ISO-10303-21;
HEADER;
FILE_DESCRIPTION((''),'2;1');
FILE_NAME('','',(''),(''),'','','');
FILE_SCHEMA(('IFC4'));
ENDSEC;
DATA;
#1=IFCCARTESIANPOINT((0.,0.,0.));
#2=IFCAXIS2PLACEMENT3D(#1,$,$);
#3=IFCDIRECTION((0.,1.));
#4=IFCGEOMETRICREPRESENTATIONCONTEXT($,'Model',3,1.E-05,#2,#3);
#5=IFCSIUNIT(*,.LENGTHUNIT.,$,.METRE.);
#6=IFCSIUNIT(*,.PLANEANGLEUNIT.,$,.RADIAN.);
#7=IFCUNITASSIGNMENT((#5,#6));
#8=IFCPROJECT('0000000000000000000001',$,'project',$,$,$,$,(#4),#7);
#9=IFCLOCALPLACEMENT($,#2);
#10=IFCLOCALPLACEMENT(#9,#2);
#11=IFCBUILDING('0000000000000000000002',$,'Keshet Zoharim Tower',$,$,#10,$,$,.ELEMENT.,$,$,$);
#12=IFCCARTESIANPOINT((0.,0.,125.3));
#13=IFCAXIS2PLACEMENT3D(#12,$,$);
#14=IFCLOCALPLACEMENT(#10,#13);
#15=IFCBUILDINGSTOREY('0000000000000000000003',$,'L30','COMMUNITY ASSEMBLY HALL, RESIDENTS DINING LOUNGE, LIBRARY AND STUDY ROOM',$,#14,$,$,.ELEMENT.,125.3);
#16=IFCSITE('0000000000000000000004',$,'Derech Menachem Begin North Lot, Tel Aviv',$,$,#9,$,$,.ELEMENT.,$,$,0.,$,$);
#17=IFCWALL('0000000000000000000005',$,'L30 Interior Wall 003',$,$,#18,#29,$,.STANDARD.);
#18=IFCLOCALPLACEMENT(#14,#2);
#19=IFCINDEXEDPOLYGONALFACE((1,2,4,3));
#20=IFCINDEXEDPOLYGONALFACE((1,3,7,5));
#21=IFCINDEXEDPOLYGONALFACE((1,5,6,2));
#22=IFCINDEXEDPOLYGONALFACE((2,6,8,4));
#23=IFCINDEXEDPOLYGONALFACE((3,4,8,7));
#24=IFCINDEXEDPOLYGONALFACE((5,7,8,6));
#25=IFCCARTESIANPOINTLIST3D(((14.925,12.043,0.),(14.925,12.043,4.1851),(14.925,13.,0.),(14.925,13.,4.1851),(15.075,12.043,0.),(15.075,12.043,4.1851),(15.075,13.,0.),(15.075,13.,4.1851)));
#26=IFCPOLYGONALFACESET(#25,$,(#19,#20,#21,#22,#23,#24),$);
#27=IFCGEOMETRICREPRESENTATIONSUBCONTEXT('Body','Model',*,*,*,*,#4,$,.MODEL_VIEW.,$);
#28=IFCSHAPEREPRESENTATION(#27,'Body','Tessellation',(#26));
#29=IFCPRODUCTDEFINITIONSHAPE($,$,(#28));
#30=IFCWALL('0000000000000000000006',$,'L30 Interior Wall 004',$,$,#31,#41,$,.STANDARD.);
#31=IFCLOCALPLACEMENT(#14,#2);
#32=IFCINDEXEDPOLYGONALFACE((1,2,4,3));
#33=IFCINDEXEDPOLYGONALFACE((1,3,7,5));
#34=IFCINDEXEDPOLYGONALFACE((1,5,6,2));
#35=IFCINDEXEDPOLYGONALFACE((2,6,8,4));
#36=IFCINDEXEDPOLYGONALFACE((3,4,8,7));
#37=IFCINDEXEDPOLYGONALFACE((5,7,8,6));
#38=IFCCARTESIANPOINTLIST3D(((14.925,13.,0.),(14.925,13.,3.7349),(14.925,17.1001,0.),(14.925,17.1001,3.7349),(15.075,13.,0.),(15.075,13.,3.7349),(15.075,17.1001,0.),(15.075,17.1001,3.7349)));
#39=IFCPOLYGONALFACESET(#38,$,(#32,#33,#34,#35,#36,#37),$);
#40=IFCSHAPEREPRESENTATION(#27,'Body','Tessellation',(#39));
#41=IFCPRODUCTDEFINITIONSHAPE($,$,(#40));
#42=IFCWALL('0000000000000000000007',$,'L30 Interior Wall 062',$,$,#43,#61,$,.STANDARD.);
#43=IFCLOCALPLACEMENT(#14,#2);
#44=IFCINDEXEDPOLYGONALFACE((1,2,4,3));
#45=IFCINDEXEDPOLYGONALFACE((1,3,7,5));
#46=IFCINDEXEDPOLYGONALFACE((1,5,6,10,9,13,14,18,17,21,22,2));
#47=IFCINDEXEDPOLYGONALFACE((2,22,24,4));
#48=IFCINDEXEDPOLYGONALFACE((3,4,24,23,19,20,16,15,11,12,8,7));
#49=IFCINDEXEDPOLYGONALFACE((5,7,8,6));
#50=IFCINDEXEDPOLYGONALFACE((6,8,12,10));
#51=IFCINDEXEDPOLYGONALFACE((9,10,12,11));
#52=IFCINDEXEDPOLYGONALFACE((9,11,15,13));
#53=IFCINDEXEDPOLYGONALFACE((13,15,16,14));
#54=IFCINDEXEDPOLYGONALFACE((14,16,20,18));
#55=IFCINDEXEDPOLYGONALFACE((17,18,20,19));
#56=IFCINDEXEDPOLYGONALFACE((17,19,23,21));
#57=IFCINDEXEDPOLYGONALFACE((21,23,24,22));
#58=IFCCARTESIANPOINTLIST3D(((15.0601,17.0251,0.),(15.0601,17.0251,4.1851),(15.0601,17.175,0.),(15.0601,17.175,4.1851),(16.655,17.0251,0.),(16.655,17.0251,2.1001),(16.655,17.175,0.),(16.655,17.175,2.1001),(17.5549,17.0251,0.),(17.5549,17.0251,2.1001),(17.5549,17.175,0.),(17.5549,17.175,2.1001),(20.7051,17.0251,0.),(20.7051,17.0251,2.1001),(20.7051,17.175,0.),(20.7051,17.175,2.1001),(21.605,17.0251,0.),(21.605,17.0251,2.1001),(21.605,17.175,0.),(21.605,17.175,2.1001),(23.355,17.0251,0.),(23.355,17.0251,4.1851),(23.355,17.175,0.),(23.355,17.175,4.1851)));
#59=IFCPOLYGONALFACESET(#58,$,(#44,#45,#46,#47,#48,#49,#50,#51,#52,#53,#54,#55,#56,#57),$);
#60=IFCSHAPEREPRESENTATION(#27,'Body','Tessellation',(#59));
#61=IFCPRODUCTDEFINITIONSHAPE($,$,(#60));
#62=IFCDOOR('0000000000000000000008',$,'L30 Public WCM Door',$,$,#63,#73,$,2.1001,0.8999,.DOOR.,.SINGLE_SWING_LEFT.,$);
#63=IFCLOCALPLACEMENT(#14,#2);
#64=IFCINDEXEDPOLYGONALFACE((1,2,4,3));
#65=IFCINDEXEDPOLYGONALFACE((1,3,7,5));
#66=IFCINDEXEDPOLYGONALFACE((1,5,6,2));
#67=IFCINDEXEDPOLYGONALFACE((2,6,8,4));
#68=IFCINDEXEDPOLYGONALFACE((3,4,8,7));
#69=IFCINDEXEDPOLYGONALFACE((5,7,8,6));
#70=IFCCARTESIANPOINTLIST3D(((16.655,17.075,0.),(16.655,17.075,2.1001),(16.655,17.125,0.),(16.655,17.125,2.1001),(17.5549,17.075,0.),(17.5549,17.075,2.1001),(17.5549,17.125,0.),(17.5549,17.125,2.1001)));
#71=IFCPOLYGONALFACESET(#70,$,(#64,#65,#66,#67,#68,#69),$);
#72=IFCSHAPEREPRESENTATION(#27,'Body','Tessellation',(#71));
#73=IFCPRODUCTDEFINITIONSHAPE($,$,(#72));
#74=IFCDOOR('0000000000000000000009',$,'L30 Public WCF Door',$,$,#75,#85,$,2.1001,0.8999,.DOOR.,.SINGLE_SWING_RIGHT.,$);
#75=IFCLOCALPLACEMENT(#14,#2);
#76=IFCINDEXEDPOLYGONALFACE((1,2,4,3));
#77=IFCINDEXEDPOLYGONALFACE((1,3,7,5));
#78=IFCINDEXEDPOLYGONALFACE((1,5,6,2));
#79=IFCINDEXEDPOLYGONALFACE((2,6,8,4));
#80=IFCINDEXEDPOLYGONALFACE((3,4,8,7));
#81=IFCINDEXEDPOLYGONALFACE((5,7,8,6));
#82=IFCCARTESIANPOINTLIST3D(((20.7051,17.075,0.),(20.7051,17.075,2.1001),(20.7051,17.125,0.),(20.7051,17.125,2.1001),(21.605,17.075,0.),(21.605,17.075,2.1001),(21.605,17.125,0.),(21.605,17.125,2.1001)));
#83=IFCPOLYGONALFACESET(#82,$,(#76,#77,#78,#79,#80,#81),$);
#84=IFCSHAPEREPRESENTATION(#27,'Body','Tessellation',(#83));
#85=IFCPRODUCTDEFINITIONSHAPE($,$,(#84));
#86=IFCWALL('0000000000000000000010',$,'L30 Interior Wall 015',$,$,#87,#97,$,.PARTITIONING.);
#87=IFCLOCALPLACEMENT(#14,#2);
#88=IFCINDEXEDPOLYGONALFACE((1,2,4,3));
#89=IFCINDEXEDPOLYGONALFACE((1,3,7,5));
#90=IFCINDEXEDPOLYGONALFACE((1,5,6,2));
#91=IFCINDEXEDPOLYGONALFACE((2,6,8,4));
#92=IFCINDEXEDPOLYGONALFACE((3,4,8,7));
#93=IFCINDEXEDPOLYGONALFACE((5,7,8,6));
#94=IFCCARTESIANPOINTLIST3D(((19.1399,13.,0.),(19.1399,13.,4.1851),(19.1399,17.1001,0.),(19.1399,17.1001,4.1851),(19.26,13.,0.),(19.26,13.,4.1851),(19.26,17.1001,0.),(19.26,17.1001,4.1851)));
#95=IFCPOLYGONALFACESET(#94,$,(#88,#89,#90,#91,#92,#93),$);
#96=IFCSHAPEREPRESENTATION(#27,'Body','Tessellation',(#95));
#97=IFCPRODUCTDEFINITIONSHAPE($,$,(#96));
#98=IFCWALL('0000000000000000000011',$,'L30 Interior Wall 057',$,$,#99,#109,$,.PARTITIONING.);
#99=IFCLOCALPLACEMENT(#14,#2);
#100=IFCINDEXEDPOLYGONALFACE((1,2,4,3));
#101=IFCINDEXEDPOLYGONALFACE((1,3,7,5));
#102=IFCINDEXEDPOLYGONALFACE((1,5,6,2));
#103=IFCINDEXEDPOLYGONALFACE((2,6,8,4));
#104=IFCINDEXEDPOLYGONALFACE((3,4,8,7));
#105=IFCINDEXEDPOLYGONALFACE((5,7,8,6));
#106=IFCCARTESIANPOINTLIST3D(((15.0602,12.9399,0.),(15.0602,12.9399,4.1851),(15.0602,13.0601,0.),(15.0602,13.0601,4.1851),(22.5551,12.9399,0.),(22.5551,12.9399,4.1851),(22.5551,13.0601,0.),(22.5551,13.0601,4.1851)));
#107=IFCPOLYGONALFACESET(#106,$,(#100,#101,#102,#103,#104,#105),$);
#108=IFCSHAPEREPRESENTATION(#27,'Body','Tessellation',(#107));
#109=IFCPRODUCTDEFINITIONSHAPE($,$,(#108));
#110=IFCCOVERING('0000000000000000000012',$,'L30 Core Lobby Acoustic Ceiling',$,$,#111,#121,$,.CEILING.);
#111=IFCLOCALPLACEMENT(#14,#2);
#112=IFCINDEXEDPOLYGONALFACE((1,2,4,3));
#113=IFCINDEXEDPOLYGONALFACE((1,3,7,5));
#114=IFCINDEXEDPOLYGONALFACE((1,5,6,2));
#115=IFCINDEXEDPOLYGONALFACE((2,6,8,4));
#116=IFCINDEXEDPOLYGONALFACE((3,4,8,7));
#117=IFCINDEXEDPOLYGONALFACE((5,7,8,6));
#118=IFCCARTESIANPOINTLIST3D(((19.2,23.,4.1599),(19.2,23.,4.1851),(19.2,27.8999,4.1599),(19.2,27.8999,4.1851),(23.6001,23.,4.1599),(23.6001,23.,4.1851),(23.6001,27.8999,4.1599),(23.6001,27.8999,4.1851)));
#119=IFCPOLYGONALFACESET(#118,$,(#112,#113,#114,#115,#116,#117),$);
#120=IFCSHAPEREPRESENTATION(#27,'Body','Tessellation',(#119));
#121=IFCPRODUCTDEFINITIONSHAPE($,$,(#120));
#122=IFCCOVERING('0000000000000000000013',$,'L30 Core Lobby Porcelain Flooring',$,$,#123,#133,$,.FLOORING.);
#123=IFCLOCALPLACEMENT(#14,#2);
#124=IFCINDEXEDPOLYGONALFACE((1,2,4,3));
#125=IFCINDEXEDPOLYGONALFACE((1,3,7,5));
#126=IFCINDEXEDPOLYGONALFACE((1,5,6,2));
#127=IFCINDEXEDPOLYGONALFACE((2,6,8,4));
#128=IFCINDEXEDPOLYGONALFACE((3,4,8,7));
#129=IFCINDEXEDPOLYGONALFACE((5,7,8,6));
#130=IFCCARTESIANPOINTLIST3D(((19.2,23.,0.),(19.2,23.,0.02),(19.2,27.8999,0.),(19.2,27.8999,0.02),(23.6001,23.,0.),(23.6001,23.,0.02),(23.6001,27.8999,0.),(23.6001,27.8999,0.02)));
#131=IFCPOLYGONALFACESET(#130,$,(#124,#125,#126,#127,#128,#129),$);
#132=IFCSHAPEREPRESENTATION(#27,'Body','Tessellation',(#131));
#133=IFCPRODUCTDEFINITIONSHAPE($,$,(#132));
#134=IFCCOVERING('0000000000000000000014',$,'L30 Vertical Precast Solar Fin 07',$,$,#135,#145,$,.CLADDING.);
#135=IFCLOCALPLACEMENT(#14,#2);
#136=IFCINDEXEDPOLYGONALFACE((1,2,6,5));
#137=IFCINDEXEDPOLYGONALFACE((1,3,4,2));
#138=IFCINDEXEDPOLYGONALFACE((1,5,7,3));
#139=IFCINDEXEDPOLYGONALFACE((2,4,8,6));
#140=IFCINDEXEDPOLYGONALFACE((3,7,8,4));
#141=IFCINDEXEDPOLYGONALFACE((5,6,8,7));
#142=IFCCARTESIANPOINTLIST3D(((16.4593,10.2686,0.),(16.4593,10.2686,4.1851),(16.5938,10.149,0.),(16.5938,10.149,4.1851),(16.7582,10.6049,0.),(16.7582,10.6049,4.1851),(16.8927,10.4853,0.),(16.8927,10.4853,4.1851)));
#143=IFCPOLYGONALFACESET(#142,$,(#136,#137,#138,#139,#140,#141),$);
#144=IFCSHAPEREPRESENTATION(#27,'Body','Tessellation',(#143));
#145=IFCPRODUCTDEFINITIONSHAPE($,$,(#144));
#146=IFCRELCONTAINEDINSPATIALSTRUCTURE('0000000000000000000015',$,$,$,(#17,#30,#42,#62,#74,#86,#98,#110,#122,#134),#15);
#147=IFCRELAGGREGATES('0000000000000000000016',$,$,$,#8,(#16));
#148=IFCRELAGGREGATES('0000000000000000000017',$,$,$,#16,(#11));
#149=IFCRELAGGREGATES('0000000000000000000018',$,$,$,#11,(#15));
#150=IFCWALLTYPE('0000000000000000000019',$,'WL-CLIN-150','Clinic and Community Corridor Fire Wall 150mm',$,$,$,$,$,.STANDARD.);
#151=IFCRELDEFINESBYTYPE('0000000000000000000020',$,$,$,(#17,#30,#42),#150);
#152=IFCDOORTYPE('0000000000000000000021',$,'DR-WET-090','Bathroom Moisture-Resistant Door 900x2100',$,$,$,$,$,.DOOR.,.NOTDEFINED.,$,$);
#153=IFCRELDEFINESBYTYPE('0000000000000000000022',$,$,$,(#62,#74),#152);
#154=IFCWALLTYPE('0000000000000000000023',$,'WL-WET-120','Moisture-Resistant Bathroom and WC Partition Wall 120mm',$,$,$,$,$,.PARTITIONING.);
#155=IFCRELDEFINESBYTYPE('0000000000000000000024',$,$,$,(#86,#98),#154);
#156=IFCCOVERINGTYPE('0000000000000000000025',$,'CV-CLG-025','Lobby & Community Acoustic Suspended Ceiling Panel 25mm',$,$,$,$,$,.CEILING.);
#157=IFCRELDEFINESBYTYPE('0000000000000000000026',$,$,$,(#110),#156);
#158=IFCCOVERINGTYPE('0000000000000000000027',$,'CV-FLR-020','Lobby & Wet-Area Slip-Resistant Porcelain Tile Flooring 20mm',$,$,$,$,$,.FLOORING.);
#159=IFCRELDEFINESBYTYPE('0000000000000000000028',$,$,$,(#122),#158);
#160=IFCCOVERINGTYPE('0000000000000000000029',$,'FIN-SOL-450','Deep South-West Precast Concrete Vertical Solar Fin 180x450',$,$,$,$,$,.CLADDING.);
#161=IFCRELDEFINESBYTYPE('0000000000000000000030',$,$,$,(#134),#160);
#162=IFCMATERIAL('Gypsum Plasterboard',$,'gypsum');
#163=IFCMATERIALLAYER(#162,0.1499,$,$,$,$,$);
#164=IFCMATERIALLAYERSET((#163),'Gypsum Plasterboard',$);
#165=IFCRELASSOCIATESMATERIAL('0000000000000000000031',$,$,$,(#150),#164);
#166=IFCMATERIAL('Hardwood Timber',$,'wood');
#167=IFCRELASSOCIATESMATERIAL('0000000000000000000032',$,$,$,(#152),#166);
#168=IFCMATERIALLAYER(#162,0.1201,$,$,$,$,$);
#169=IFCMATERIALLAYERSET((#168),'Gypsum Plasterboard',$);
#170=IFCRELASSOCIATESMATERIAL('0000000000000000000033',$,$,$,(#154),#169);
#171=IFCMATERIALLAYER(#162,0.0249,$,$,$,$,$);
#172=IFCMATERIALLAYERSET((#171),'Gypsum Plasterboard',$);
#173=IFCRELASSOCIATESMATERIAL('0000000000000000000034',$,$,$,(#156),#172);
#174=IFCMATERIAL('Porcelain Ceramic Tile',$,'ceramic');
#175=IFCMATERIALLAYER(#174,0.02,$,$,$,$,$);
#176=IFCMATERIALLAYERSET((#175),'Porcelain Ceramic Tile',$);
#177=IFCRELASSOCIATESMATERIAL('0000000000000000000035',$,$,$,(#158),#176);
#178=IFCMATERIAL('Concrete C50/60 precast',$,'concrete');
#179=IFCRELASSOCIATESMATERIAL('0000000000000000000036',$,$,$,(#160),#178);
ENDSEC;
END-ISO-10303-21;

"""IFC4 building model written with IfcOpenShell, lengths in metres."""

from ifc_helpers import new_model, si_unit, direction, frame, frame_2d, origin, origin_2d, place, context, subcontext, project, spatial, polyline, rectangle, outline, extrude, material, layer, layer_set, type_object, element, fill, save


model = new_model("IFC4")

# Units and contexts
model_context = context("Model", 3, precision=1e-05, world=origin(), true_north=direction((0.0, 1.0)))
body_context = subcontext(model_context, "Body", "Model", "MODEL_VIEW")
ifc_project = project(units=[si_unit("LENGTHUNIT", "METRE"), si_unit("PLANEANGLEUNIT", "RADIAN")], contexts=[model_context])

# Site, building, storey
site_placement = place(None, origin())
site = spatial("IfcSite", under=ifc_project, at=site_placement, Name="Derech Menachem Begin North Lot, Tel Aviv", CompositionType="ELEMENT", RefElevation=0.0)
building_placement = place(site_placement, origin())
building = spatial("IfcBuilding", under=site, at=building_placement, Name="Keshet Zoharim Tower", CompositionType="ELEMENT")
storey_placement = place(building_placement, frame((0.0, 0.0, 125.3)))
storey = spatial("IfcBuildingStorey", under=building, at=storey_placement, Name="L30", Description="COMMUNITY ASSEMBLY HALL, RESIDENTS DINING LOUNGE, LIBRARY AND STUDY ROOM", CompositionType="ELEMENT", Elevation=125.3)

# Walls
ifc_material_1 = material(Name="Gypsum Plasterboard", Category="gypsum")
ifc_layer_1 = layer(ifc_material_1, 0.1499)
ifc_layer_set_1 = layer_set([ifc_layer_1], Name="Gypsum Plasterboard")
wall_type_1 = type_object("IfcWallType", Name="WL-CLIN-150", Description="Clinic and Community Corridor Fire Wall 150mm", PredefinedType="STANDARD", material=ifc_layer_set_1)
wall_1_placement = place(storey_placement, frame((15.0, 12.043, 0.0), z_axis=(0.0, 0.0, 1.0), x_axis=(0.0, 1.0, 0.0)))
element("IfcWall", 1, at=wall_1_placement, inside=storey, type_object=wall_type_1, Name="L30 Interior Wall 003", PredefinedType="STANDARD", context=body_context, shape_type="SweptSolid", body=[
    extrude(rectangle(XDim=0.957, YDim=0.1499, at=frame_2d((0.4785, 0.0))), origin(), (0.0, 0.0, 1.0), 4.1851),
])
wall_2_placement = place(storey_placement, frame((15.0, 13.0, 0.0), z_axis=(0.0, 0.0, 1.0), x_axis=(0.0, 1.0, 0.0)))
element("IfcWall", 2, at=wall_2_placement, inside=storey, type_object=wall_type_1, Name="L30 Interior Wall 004", PredefinedType="STANDARD", context=body_context, shape_type="SweptSolid", body=[
    extrude(rectangle(XDim=4.1001, YDim=0.1499, at=frame_2d((2.05, 0.0))), origin(), (0.0, 0.0, 1.0), 3.7349),
])

# Shared definitions
ifc_material_2 = material(Name="Hardwood Timber", Category="wood")

# Wall, openings, doors
wall_3_placement = place(storey_placement, frame((15.0601, 17.1001, 0.0), z_axis=(0.0, 0.0, 1.0), x_axis=(1.0, 0.0, 0.0)))
wall_3 = element("IfcWall", 3, at=wall_3_placement, inside=storey, type_object=wall_type_1, Name="L30 Interior Wall 062", PredefinedType="STANDARD", context=body_context, shape_type="SweptSolid", body=[
    extrude(rectangle(XDim=8.2949, YDim=0.1499, at=frame_2d((4.1475, 0.0))), origin(), (0.0, 0.0, 1.0), 4.1851),
])
opening_1_placement = place(wall_3_placement, frame((1.595, 0.0, 0.0)))
opening_1 = element("IfcOpeningElement", 4, at=opening_1_placement, cuts=wall_3, PredefinedType="OPENING", context=body_context, shape_type="SweptSolid", body=[
    extrude(rectangle(XDim=0.8999, YDim=2.1001, at=frame_2d((0.45, 1.05))), frame((0.0, 0.085, 0.0), z_axis=(0.0, -1.0, 0.0), x_axis=(1.0, 0.0, 0.0)), (0.0, 0.0, 1.0), 0.1699),
])
opening_2_placement = place(wall_3_placement, frame((5.645, 0.0, 0.0)))
opening_2 = element("IfcOpeningElement", 5, at=opening_2_placement, cuts=wall_3, PredefinedType="OPENING", context=body_context, shape_type="SweptSolid", body=[
    extrude(rectangle(XDim=0.8999, YDim=2.1001, at=frame_2d((0.45, 1.05))), frame((0.0, 0.085, 0.0), z_axis=(0.0, -1.0, 0.0), x_axis=(1.0, 0.0, 0.0)), (0.0, 0.0, 1.0), 0.1699),
])
door_type_1 = type_object("IfcDoorType", Name="DR-WET-090", Description="Bathroom Moisture-Resistant Door 900x2100", OperationType="NOTDEFINED", PredefinedType="DOOR", material=ifc_material_2)
door_1_placement = place(opening_1_placement, origin())
door_1 = element("IfcDoor", 6, at=door_1_placement, inside=storey, type_object=door_type_1, Name="L30 Public WCM Door", OperationType="SINGLE_SWING_LEFT", OverallHeight=2.1001, OverallWidth=0.8999, PredefinedType="DOOR", context=body_context, shape_type="SweptSolid", body=[
    extrude(rectangle(XDim=0.8999, YDim=2.1001, at=frame_2d((0.45, 1.05))), frame((0.0, 0.0249, 0.0), z_axis=(0.0, -1.0, 0.0), x_axis=(1.0, 0.0, 0.0)), (0.0, 0.0, 1.0), 0.05),
])
fill(opening_1, door_1)
door_2_placement = place(opening_2_placement, origin())
door_2 = element("IfcDoor", 7, at=door_2_placement, inside=storey, type_object=door_type_1, Name="L30 Public WCF Door", OperationType="SINGLE_SWING_RIGHT", OverallHeight=2.1001, OverallWidth=0.8999, PredefinedType="DOOR", context=body_context, shape_type="SweptSolid", body=[
    extrude(rectangle(XDim=0.8999, YDim=2.1001, at=frame_2d((0.45, 1.05))), frame((0.0, 0.0249, 0.0), z_axis=(0.0, -1.0, 0.0), x_axis=(1.0, 0.0, 0.0)), (0.0, 0.0, 1.0), 0.05),
])
fill(opening_2, door_2)

# Walls
ifc_layer_2 = layer(ifc_material_1, 0.1201)
ifc_layer_set_2 = layer_set([ifc_layer_2], Name="Gypsum Plasterboard")
wall_type_2 = type_object("IfcWallType", Name="WL-WET-120", Description="Moisture-Resistant Bathroom and WC Partition Wall 120mm", PredefinedType="PARTITIONING", material=ifc_layer_set_2)
wall_4_placement = place(storey_placement, frame((19.2, 13.0, 0.0), z_axis=(0.0, 0.0, 1.0), x_axis=(0.0, 1.0, 0.0)))
element("IfcWall", 8, at=wall_4_placement, inside=storey, type_object=wall_type_2, Name="L30 Interior Wall 015", PredefinedType="PARTITIONING", context=body_context, shape_type="SweptSolid", body=[
    extrude(rectangle(XDim=4.1001, YDim=0.1201, at=frame_2d((2.05, 0.0))), origin(), (0.0, 0.0, 1.0), 4.1851),
])
wall_5_placement = place(storey_placement, frame((15.0601, 13.0, 0.0), z_axis=(0.0, 0.0, 1.0), x_axis=(1.0, 0.0, 0.0)))
element("IfcWall", 9, at=wall_5_placement, inside=storey, type_object=wall_type_2, Name="L30 Interior Wall 057", PredefinedType="PARTITIONING", context=body_context, shape_type="SweptSolid", body=[
    extrude(rectangle(XDim=7.4949, YDim=0.1201, at=frame_2d((3.7476, 0.0))), origin(), (0.0, 0.0, 1.0), 4.1851),
])

# Coverings
ifc_layer_3 = layer(ifc_material_1, 0.0249)
ifc_layer_set_3 = layer_set([ifc_layer_3], Name="Gypsum Plasterboard")
covering_type_1 = type_object("IfcCoveringType", Name="CV-CLG-025", Description="Lobby & Community Acoustic Suspended Ceiling Panel 25mm", PredefinedType="CEILING", material=ifc_layer_set_3)
covering_1_placement = place(storey_placement, frame((0.0, 0.0, 4.1599)))
element("IfcCovering", 10, at=covering_1_placement, inside=storey, type_object=covering_type_1, Name="L30 Core Lobby Acoustic Ceiling", PredefinedType="CEILING", context=body_context, shape_type="SweptSolid", body=[
    extrude(outline(polyline([(19.2, 23.0), (23.6001, 23.0), (23.6001, 27.8999), (19.2, 27.8999), (19.2, 23.0)])), origin(), (0.0, 0.0, 1.0), 0.0251),
])
ifc_material_3 = material(Name="Porcelain Ceramic Tile", Category="ceramic")
ifc_layer_4 = layer(ifc_material_3, 0.02)
ifc_layer_set_4 = layer_set([ifc_layer_4], Name="Porcelain Ceramic Tile")
covering_type_2 = type_object("IfcCoveringType", Name="CV-FLR-020", Description="Lobby & Wet-Area Slip-Resistant Porcelain Tile Flooring 20mm", PredefinedType="FLOORING", material=ifc_layer_set_4)
covering_2_placement = place(storey_placement, origin())
element("IfcCovering", 11, at=covering_2_placement, inside=storey, type_object=covering_type_2, Name="L30 Core Lobby Porcelain Flooring", PredefinedType="FLOORING", context=body_context, shape_type="SweptSolid", body=[
    extrude(outline(polyline([(19.2, 23.0), (23.6001, 23.0), (23.6001, 27.8999), (19.2, 27.8999), (19.2, 23.0)])), origin(), (0.0, 0.0, 1.0), 0.02),
])
ifc_material_4 = material(Name="Concrete C50/60 precast", Category="concrete")
covering_type_3 = type_object("IfcCoveringType", Name="FIN-SOL-450", Description="Deep South-West Precast Concrete Vertical Solar Fin 180x450", PredefinedType="CLADDING", material=ifc_material_4)
covering_3_placement = place(storey_placement, frame((16.676, 10.377, 0.0), z_axis=(0.0, 0.0, 1.0), x_axis=(-0.747409, 0.664364, 0.0)))
element("IfcCovering", 12, at=covering_3_placement, inside=storey, type_object=covering_type_3, Name="L30 Vertical Precast Solar Fin 07", PredefinedType="CLADDING", context=body_context, shape_type="SweptSolid", body=[
    extrude(rectangle(XDim=0.1799, YDim=0.45, at=origin_2d()), origin(), (0.0, 0.0, 1.0), 4.1851),
])

save(model, "model.ifc")
